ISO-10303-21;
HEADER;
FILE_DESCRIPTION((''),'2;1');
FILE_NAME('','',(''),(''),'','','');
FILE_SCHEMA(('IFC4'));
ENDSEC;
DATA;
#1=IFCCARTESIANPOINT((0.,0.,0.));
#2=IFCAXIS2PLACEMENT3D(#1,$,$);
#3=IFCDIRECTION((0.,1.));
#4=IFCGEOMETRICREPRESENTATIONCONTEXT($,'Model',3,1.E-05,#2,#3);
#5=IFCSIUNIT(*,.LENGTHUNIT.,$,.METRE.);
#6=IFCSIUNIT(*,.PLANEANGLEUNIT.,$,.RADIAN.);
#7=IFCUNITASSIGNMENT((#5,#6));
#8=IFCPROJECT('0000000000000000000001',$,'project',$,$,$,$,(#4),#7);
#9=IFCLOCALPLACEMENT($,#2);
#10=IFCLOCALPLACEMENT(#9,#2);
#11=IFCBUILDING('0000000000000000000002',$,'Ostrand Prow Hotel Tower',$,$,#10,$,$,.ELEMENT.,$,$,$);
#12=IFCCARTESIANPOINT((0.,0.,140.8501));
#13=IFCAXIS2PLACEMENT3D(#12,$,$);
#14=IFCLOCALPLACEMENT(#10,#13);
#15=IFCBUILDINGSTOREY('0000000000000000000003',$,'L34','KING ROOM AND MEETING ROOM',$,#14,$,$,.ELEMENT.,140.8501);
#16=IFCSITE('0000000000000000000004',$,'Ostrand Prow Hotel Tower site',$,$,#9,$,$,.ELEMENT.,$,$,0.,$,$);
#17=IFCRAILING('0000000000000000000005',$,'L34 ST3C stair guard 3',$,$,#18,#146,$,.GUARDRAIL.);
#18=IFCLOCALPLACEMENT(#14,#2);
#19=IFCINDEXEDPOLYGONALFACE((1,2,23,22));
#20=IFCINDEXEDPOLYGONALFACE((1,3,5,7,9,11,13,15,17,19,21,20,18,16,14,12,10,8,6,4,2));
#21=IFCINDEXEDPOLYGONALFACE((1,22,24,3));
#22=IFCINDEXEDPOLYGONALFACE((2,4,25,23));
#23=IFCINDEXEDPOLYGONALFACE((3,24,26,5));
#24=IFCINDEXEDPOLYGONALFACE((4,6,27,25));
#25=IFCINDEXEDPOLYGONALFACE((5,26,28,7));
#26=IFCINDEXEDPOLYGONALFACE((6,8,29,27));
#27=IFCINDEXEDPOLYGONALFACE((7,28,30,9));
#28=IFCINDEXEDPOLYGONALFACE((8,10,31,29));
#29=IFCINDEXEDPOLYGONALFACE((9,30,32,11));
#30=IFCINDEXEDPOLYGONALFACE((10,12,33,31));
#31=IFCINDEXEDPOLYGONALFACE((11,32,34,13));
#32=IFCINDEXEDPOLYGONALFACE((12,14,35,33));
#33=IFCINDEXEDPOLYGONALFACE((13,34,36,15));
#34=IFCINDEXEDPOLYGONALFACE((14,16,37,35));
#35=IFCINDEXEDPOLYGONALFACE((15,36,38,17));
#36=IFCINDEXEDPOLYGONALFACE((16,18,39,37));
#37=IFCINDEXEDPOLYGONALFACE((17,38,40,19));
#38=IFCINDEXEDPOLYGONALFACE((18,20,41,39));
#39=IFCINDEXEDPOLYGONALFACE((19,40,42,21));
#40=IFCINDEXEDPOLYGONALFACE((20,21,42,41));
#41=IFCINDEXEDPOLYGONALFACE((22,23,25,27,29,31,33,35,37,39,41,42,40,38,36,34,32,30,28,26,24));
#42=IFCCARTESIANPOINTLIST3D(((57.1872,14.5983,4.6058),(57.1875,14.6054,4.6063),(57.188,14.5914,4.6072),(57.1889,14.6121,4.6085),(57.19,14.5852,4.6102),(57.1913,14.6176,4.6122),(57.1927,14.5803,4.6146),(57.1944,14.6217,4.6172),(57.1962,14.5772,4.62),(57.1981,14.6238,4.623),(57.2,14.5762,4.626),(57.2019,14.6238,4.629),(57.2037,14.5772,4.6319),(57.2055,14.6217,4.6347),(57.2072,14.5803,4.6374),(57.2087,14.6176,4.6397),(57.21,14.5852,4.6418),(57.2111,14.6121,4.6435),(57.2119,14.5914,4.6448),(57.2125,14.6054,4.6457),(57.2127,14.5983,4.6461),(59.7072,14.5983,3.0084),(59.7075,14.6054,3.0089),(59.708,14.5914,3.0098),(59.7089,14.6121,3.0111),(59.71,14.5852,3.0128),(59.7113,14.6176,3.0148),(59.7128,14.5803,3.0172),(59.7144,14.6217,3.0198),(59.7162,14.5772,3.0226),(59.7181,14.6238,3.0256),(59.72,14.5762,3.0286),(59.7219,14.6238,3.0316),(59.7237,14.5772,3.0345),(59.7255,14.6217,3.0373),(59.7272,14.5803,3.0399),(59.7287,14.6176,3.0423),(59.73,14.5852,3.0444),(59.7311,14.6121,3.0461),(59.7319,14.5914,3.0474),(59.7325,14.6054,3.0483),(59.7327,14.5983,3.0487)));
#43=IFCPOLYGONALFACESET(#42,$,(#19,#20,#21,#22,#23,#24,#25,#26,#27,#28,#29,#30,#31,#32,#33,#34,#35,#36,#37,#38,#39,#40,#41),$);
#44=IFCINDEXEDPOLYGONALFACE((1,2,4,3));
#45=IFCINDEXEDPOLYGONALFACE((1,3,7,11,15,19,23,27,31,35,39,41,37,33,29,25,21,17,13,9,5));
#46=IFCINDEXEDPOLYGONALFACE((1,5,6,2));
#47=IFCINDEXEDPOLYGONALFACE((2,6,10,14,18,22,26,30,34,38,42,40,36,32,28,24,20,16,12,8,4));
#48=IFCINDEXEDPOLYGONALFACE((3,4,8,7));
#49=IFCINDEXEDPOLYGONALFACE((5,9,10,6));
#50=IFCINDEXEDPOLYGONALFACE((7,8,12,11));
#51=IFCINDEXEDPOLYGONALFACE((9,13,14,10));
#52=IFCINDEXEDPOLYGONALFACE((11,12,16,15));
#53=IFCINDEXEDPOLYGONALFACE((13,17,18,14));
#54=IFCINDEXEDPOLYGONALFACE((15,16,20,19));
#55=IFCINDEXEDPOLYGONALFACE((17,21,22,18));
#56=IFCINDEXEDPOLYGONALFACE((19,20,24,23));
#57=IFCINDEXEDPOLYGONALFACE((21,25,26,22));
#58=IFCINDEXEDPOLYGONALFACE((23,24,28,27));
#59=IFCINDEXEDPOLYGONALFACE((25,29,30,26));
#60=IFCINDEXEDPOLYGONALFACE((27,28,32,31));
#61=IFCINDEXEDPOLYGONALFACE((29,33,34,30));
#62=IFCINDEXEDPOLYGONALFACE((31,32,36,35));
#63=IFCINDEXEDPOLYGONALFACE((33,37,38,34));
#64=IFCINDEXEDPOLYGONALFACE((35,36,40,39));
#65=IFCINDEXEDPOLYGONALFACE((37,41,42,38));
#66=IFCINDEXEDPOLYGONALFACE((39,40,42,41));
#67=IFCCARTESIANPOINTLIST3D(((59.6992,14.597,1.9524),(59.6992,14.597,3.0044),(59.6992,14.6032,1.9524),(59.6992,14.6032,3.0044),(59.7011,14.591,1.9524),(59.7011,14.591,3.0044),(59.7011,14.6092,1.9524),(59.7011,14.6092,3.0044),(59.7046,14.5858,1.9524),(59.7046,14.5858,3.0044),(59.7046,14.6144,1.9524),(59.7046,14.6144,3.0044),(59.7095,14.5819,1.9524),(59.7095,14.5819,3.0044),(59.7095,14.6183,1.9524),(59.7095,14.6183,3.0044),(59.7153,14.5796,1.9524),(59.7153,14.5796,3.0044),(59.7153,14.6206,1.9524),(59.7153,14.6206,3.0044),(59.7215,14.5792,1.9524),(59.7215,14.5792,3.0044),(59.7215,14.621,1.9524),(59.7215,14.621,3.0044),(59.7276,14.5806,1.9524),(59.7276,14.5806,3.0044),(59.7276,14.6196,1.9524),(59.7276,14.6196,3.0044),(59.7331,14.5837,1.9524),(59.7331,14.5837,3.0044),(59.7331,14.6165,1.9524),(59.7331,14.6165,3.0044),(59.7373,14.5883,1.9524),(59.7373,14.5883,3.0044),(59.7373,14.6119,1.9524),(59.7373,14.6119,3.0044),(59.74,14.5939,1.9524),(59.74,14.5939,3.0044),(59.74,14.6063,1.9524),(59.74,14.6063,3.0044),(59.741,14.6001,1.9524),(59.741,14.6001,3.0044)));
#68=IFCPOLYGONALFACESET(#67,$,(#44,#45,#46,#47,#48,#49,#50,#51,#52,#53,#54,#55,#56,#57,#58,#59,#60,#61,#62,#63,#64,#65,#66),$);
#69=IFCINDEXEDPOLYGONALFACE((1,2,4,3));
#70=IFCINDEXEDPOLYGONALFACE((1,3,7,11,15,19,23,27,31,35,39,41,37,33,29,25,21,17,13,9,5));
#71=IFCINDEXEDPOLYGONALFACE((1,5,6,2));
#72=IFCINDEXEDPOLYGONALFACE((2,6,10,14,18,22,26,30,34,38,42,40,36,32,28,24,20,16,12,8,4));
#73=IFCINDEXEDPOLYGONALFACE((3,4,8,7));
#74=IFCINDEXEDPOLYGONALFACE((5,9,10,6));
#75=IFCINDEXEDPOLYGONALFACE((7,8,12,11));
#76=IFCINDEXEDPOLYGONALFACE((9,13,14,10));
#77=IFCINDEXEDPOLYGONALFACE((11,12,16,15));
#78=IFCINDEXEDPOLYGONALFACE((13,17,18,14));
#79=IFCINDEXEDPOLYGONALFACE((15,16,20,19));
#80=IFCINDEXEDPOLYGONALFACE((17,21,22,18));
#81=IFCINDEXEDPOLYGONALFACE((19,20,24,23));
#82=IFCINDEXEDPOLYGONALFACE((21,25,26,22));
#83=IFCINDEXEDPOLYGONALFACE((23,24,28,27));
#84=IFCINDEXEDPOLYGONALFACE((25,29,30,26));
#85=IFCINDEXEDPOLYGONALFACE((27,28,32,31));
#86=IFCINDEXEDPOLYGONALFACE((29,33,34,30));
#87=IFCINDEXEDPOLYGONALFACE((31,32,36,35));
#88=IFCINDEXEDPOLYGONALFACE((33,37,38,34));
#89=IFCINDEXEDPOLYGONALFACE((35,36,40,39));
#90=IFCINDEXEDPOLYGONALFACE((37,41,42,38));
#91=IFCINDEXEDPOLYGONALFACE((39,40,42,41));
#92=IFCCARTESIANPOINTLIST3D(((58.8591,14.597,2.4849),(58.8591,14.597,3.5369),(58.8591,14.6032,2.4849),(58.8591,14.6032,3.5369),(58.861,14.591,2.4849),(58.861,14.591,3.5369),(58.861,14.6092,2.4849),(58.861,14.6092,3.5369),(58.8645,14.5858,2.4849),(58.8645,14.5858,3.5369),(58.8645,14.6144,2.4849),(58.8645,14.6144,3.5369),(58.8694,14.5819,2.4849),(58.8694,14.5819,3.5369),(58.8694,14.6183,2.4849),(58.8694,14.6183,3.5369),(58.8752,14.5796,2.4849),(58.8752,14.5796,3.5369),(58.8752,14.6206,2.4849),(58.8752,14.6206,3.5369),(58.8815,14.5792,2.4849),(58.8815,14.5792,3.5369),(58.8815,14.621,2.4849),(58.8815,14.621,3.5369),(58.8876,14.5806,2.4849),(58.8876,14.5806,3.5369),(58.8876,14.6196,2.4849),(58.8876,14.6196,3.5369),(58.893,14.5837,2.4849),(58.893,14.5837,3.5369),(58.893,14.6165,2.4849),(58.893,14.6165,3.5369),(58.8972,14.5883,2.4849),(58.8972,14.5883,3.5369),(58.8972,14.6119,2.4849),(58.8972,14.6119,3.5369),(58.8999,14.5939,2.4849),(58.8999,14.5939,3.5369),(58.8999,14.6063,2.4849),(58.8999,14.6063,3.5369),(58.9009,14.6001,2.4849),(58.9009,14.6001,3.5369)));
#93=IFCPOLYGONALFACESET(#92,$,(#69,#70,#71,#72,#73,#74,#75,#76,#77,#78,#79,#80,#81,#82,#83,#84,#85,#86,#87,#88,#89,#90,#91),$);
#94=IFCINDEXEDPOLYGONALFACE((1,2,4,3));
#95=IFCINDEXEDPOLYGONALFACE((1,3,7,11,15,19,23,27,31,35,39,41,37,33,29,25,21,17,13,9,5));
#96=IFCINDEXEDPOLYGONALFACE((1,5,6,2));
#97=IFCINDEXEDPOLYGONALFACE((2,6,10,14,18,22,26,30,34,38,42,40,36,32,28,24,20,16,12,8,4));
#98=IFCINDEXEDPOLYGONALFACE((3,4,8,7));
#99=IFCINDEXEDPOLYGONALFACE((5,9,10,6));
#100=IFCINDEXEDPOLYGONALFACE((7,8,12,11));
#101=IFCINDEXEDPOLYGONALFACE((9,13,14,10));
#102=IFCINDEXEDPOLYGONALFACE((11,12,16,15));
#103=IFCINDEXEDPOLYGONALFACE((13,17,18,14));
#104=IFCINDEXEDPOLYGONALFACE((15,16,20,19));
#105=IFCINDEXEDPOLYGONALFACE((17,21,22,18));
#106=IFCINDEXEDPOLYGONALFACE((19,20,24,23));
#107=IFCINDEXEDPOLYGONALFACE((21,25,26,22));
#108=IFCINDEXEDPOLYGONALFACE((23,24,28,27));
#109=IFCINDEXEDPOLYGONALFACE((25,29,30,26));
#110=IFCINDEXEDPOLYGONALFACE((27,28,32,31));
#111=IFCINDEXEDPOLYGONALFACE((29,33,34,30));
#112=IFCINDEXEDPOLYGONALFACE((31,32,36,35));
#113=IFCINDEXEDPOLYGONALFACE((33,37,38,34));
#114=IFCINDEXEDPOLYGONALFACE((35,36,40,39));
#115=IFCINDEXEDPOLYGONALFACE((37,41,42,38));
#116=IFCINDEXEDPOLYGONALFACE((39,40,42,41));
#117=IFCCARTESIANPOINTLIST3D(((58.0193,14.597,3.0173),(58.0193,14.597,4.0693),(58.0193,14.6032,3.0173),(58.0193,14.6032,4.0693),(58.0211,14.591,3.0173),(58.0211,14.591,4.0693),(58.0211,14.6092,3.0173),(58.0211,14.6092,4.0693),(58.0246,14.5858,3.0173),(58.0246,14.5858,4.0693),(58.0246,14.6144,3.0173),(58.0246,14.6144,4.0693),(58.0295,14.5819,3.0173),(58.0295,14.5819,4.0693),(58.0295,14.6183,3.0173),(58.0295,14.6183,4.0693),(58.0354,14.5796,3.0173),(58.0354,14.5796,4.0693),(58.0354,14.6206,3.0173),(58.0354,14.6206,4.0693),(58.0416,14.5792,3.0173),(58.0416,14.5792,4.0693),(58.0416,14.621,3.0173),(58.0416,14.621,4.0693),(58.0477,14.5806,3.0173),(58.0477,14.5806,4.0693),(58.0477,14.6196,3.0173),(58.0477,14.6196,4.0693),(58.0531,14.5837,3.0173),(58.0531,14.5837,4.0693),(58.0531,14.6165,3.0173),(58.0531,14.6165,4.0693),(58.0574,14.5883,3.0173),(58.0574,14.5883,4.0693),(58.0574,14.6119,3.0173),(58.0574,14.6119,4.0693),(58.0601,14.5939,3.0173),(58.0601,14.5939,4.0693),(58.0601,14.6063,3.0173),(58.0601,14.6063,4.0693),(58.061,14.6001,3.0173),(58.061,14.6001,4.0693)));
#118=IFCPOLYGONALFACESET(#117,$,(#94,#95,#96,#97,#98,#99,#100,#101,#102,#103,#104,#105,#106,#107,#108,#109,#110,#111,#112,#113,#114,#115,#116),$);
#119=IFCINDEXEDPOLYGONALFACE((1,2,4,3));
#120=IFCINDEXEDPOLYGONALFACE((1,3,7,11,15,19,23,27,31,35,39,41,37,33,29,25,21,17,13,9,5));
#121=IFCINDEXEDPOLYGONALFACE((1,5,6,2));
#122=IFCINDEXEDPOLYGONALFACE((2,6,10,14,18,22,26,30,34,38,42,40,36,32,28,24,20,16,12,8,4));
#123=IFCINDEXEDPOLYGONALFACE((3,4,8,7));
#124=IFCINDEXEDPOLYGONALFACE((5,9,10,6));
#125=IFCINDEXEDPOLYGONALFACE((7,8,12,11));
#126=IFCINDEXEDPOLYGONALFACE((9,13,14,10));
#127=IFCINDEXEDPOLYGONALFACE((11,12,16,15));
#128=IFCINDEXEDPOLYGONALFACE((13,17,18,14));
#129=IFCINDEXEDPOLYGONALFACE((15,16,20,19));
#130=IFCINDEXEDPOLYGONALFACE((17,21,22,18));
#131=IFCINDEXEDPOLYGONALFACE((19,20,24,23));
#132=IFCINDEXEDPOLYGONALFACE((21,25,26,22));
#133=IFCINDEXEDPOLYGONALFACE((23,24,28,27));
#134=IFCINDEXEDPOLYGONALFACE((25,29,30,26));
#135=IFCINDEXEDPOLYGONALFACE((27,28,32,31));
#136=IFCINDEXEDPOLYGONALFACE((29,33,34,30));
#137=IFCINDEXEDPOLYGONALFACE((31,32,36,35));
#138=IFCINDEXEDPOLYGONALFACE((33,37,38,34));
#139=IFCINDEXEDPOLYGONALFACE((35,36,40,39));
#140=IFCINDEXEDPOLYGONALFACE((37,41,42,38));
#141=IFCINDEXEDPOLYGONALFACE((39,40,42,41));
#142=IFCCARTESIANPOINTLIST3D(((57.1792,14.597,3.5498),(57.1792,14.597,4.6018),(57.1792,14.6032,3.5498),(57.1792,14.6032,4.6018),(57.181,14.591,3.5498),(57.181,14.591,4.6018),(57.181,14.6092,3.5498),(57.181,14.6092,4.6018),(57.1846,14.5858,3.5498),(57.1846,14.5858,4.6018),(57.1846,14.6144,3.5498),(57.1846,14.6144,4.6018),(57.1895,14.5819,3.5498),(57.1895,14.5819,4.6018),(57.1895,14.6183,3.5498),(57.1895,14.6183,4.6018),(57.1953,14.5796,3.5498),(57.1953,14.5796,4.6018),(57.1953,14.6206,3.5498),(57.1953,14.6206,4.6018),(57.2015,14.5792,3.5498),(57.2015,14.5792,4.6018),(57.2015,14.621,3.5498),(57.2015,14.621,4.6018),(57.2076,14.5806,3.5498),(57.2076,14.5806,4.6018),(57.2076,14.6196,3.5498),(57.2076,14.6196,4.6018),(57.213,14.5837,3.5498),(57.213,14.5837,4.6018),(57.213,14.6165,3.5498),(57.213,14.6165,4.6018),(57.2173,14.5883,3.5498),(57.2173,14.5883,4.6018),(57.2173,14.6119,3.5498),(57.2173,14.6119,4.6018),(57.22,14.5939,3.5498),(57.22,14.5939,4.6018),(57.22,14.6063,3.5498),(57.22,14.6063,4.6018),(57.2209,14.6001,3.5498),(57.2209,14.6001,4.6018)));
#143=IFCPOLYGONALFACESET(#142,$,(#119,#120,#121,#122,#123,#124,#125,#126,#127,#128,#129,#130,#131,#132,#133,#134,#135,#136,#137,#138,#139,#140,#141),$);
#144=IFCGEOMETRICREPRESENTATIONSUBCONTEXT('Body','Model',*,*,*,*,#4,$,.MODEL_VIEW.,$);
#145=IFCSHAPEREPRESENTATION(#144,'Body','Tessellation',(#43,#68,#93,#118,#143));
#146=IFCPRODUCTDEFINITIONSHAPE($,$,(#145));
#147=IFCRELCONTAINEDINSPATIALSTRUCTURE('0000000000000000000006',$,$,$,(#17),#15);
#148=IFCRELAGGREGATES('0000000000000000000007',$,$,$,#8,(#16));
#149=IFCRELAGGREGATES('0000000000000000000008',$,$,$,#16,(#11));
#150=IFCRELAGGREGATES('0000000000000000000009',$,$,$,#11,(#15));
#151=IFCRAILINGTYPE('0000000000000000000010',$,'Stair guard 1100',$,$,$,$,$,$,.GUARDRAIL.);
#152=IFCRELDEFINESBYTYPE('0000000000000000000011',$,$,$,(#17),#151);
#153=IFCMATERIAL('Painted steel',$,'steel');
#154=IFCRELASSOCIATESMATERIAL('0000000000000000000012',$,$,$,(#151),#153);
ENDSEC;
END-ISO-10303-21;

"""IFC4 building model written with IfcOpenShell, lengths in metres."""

from ifc_helpers import new_model, si_unit, direction, frame, origin, origin_2d, place, context, subcontext, project, spatial, circle, extrude, material, type_object, element, save


model = new_model("IFC4")

# Units and contexts
model_context = context("Model", 3, precision=1e-05, world=origin(), true_north=direction((0.0, 1.0)))
body_context = subcontext(model_context, "Body", "Model", "MODEL_VIEW")
ifc_project = project(units=[si_unit("LENGTHUNIT", "METRE"), si_unit("PLANEANGLEUNIT", "RADIAN")], contexts=[model_context])

# Site, building, storey
site_placement = place(None, origin())
site = spatial("IfcSite", under=ifc_project, at=site_placement, Name="Ostrand Prow Hotel Tower site", CompositionType="ELEMENT", RefElevation=0.0)
building_placement = place(site_placement, origin())
building = spatial("IfcBuilding", under=site, at=building_placement, Name="Ostrand Prow Hotel Tower", CompositionType="ELEMENT")
storey_placement = place(building_placement, frame((0.0, 0.0, 140.8501)))
storey = spatial("IfcBuildingStorey", under=building, at=storey_placement, Name="L34", Description="KING ROOM AND MEETING ROOM", CompositionType="ELEMENT", Elevation=140.8501)

# Railing
ifc_material_1 = material(Name="Painted steel", Category="steel")
railing_type_1 = type_object("IfcRailingType", Name="Stair guard 1100", PredefinedType="GUARDRAIL", material=ifc_material_1)
railing_1_placement = place(storey_placement, frame((59.72, 14.6001, 1.9524)))
element("IfcRailing", 1, at=railing_1_placement, inside=storey, type_object=railing_type_1, Name="L34 ST3C stair guard 3", PredefinedType="GUARDRAIL", context=body_context, shape_type="SweptSolid", body=[
    extrude(circle(Radius=0.0239, at=origin_2d()), frame((0.0, 0.0, 1.0762), z_axis=(-0.844607, 0.0, 0.535387), x_axis=(0.0, -1.0, 0.0)), (0.0, 0.0, 1.0), 2.9836),
    extrude(circle(Radius=0.021, at=origin_2d()), origin(), (0.0, 0.0, 1.0), 1.052),
    extrude(circle(Radius=0.021, at=origin_2d()), frame((-0.8401, 0.0, 0.5325)), (0.0, 0.0, 1.0), 1.052),
    extrude(circle(Radius=0.021, at=origin_2d()), frame((-1.6799, 0.0, 1.0649)), (0.0, 0.0, 1.0), 1.052),
    extrude(circle(Radius=0.021, at=origin_2d()), frame((-2.52, 0.0, 1.5974)), (0.0, 0.0, 1.0), 1.052),
])

save(model, "model.ifc")
